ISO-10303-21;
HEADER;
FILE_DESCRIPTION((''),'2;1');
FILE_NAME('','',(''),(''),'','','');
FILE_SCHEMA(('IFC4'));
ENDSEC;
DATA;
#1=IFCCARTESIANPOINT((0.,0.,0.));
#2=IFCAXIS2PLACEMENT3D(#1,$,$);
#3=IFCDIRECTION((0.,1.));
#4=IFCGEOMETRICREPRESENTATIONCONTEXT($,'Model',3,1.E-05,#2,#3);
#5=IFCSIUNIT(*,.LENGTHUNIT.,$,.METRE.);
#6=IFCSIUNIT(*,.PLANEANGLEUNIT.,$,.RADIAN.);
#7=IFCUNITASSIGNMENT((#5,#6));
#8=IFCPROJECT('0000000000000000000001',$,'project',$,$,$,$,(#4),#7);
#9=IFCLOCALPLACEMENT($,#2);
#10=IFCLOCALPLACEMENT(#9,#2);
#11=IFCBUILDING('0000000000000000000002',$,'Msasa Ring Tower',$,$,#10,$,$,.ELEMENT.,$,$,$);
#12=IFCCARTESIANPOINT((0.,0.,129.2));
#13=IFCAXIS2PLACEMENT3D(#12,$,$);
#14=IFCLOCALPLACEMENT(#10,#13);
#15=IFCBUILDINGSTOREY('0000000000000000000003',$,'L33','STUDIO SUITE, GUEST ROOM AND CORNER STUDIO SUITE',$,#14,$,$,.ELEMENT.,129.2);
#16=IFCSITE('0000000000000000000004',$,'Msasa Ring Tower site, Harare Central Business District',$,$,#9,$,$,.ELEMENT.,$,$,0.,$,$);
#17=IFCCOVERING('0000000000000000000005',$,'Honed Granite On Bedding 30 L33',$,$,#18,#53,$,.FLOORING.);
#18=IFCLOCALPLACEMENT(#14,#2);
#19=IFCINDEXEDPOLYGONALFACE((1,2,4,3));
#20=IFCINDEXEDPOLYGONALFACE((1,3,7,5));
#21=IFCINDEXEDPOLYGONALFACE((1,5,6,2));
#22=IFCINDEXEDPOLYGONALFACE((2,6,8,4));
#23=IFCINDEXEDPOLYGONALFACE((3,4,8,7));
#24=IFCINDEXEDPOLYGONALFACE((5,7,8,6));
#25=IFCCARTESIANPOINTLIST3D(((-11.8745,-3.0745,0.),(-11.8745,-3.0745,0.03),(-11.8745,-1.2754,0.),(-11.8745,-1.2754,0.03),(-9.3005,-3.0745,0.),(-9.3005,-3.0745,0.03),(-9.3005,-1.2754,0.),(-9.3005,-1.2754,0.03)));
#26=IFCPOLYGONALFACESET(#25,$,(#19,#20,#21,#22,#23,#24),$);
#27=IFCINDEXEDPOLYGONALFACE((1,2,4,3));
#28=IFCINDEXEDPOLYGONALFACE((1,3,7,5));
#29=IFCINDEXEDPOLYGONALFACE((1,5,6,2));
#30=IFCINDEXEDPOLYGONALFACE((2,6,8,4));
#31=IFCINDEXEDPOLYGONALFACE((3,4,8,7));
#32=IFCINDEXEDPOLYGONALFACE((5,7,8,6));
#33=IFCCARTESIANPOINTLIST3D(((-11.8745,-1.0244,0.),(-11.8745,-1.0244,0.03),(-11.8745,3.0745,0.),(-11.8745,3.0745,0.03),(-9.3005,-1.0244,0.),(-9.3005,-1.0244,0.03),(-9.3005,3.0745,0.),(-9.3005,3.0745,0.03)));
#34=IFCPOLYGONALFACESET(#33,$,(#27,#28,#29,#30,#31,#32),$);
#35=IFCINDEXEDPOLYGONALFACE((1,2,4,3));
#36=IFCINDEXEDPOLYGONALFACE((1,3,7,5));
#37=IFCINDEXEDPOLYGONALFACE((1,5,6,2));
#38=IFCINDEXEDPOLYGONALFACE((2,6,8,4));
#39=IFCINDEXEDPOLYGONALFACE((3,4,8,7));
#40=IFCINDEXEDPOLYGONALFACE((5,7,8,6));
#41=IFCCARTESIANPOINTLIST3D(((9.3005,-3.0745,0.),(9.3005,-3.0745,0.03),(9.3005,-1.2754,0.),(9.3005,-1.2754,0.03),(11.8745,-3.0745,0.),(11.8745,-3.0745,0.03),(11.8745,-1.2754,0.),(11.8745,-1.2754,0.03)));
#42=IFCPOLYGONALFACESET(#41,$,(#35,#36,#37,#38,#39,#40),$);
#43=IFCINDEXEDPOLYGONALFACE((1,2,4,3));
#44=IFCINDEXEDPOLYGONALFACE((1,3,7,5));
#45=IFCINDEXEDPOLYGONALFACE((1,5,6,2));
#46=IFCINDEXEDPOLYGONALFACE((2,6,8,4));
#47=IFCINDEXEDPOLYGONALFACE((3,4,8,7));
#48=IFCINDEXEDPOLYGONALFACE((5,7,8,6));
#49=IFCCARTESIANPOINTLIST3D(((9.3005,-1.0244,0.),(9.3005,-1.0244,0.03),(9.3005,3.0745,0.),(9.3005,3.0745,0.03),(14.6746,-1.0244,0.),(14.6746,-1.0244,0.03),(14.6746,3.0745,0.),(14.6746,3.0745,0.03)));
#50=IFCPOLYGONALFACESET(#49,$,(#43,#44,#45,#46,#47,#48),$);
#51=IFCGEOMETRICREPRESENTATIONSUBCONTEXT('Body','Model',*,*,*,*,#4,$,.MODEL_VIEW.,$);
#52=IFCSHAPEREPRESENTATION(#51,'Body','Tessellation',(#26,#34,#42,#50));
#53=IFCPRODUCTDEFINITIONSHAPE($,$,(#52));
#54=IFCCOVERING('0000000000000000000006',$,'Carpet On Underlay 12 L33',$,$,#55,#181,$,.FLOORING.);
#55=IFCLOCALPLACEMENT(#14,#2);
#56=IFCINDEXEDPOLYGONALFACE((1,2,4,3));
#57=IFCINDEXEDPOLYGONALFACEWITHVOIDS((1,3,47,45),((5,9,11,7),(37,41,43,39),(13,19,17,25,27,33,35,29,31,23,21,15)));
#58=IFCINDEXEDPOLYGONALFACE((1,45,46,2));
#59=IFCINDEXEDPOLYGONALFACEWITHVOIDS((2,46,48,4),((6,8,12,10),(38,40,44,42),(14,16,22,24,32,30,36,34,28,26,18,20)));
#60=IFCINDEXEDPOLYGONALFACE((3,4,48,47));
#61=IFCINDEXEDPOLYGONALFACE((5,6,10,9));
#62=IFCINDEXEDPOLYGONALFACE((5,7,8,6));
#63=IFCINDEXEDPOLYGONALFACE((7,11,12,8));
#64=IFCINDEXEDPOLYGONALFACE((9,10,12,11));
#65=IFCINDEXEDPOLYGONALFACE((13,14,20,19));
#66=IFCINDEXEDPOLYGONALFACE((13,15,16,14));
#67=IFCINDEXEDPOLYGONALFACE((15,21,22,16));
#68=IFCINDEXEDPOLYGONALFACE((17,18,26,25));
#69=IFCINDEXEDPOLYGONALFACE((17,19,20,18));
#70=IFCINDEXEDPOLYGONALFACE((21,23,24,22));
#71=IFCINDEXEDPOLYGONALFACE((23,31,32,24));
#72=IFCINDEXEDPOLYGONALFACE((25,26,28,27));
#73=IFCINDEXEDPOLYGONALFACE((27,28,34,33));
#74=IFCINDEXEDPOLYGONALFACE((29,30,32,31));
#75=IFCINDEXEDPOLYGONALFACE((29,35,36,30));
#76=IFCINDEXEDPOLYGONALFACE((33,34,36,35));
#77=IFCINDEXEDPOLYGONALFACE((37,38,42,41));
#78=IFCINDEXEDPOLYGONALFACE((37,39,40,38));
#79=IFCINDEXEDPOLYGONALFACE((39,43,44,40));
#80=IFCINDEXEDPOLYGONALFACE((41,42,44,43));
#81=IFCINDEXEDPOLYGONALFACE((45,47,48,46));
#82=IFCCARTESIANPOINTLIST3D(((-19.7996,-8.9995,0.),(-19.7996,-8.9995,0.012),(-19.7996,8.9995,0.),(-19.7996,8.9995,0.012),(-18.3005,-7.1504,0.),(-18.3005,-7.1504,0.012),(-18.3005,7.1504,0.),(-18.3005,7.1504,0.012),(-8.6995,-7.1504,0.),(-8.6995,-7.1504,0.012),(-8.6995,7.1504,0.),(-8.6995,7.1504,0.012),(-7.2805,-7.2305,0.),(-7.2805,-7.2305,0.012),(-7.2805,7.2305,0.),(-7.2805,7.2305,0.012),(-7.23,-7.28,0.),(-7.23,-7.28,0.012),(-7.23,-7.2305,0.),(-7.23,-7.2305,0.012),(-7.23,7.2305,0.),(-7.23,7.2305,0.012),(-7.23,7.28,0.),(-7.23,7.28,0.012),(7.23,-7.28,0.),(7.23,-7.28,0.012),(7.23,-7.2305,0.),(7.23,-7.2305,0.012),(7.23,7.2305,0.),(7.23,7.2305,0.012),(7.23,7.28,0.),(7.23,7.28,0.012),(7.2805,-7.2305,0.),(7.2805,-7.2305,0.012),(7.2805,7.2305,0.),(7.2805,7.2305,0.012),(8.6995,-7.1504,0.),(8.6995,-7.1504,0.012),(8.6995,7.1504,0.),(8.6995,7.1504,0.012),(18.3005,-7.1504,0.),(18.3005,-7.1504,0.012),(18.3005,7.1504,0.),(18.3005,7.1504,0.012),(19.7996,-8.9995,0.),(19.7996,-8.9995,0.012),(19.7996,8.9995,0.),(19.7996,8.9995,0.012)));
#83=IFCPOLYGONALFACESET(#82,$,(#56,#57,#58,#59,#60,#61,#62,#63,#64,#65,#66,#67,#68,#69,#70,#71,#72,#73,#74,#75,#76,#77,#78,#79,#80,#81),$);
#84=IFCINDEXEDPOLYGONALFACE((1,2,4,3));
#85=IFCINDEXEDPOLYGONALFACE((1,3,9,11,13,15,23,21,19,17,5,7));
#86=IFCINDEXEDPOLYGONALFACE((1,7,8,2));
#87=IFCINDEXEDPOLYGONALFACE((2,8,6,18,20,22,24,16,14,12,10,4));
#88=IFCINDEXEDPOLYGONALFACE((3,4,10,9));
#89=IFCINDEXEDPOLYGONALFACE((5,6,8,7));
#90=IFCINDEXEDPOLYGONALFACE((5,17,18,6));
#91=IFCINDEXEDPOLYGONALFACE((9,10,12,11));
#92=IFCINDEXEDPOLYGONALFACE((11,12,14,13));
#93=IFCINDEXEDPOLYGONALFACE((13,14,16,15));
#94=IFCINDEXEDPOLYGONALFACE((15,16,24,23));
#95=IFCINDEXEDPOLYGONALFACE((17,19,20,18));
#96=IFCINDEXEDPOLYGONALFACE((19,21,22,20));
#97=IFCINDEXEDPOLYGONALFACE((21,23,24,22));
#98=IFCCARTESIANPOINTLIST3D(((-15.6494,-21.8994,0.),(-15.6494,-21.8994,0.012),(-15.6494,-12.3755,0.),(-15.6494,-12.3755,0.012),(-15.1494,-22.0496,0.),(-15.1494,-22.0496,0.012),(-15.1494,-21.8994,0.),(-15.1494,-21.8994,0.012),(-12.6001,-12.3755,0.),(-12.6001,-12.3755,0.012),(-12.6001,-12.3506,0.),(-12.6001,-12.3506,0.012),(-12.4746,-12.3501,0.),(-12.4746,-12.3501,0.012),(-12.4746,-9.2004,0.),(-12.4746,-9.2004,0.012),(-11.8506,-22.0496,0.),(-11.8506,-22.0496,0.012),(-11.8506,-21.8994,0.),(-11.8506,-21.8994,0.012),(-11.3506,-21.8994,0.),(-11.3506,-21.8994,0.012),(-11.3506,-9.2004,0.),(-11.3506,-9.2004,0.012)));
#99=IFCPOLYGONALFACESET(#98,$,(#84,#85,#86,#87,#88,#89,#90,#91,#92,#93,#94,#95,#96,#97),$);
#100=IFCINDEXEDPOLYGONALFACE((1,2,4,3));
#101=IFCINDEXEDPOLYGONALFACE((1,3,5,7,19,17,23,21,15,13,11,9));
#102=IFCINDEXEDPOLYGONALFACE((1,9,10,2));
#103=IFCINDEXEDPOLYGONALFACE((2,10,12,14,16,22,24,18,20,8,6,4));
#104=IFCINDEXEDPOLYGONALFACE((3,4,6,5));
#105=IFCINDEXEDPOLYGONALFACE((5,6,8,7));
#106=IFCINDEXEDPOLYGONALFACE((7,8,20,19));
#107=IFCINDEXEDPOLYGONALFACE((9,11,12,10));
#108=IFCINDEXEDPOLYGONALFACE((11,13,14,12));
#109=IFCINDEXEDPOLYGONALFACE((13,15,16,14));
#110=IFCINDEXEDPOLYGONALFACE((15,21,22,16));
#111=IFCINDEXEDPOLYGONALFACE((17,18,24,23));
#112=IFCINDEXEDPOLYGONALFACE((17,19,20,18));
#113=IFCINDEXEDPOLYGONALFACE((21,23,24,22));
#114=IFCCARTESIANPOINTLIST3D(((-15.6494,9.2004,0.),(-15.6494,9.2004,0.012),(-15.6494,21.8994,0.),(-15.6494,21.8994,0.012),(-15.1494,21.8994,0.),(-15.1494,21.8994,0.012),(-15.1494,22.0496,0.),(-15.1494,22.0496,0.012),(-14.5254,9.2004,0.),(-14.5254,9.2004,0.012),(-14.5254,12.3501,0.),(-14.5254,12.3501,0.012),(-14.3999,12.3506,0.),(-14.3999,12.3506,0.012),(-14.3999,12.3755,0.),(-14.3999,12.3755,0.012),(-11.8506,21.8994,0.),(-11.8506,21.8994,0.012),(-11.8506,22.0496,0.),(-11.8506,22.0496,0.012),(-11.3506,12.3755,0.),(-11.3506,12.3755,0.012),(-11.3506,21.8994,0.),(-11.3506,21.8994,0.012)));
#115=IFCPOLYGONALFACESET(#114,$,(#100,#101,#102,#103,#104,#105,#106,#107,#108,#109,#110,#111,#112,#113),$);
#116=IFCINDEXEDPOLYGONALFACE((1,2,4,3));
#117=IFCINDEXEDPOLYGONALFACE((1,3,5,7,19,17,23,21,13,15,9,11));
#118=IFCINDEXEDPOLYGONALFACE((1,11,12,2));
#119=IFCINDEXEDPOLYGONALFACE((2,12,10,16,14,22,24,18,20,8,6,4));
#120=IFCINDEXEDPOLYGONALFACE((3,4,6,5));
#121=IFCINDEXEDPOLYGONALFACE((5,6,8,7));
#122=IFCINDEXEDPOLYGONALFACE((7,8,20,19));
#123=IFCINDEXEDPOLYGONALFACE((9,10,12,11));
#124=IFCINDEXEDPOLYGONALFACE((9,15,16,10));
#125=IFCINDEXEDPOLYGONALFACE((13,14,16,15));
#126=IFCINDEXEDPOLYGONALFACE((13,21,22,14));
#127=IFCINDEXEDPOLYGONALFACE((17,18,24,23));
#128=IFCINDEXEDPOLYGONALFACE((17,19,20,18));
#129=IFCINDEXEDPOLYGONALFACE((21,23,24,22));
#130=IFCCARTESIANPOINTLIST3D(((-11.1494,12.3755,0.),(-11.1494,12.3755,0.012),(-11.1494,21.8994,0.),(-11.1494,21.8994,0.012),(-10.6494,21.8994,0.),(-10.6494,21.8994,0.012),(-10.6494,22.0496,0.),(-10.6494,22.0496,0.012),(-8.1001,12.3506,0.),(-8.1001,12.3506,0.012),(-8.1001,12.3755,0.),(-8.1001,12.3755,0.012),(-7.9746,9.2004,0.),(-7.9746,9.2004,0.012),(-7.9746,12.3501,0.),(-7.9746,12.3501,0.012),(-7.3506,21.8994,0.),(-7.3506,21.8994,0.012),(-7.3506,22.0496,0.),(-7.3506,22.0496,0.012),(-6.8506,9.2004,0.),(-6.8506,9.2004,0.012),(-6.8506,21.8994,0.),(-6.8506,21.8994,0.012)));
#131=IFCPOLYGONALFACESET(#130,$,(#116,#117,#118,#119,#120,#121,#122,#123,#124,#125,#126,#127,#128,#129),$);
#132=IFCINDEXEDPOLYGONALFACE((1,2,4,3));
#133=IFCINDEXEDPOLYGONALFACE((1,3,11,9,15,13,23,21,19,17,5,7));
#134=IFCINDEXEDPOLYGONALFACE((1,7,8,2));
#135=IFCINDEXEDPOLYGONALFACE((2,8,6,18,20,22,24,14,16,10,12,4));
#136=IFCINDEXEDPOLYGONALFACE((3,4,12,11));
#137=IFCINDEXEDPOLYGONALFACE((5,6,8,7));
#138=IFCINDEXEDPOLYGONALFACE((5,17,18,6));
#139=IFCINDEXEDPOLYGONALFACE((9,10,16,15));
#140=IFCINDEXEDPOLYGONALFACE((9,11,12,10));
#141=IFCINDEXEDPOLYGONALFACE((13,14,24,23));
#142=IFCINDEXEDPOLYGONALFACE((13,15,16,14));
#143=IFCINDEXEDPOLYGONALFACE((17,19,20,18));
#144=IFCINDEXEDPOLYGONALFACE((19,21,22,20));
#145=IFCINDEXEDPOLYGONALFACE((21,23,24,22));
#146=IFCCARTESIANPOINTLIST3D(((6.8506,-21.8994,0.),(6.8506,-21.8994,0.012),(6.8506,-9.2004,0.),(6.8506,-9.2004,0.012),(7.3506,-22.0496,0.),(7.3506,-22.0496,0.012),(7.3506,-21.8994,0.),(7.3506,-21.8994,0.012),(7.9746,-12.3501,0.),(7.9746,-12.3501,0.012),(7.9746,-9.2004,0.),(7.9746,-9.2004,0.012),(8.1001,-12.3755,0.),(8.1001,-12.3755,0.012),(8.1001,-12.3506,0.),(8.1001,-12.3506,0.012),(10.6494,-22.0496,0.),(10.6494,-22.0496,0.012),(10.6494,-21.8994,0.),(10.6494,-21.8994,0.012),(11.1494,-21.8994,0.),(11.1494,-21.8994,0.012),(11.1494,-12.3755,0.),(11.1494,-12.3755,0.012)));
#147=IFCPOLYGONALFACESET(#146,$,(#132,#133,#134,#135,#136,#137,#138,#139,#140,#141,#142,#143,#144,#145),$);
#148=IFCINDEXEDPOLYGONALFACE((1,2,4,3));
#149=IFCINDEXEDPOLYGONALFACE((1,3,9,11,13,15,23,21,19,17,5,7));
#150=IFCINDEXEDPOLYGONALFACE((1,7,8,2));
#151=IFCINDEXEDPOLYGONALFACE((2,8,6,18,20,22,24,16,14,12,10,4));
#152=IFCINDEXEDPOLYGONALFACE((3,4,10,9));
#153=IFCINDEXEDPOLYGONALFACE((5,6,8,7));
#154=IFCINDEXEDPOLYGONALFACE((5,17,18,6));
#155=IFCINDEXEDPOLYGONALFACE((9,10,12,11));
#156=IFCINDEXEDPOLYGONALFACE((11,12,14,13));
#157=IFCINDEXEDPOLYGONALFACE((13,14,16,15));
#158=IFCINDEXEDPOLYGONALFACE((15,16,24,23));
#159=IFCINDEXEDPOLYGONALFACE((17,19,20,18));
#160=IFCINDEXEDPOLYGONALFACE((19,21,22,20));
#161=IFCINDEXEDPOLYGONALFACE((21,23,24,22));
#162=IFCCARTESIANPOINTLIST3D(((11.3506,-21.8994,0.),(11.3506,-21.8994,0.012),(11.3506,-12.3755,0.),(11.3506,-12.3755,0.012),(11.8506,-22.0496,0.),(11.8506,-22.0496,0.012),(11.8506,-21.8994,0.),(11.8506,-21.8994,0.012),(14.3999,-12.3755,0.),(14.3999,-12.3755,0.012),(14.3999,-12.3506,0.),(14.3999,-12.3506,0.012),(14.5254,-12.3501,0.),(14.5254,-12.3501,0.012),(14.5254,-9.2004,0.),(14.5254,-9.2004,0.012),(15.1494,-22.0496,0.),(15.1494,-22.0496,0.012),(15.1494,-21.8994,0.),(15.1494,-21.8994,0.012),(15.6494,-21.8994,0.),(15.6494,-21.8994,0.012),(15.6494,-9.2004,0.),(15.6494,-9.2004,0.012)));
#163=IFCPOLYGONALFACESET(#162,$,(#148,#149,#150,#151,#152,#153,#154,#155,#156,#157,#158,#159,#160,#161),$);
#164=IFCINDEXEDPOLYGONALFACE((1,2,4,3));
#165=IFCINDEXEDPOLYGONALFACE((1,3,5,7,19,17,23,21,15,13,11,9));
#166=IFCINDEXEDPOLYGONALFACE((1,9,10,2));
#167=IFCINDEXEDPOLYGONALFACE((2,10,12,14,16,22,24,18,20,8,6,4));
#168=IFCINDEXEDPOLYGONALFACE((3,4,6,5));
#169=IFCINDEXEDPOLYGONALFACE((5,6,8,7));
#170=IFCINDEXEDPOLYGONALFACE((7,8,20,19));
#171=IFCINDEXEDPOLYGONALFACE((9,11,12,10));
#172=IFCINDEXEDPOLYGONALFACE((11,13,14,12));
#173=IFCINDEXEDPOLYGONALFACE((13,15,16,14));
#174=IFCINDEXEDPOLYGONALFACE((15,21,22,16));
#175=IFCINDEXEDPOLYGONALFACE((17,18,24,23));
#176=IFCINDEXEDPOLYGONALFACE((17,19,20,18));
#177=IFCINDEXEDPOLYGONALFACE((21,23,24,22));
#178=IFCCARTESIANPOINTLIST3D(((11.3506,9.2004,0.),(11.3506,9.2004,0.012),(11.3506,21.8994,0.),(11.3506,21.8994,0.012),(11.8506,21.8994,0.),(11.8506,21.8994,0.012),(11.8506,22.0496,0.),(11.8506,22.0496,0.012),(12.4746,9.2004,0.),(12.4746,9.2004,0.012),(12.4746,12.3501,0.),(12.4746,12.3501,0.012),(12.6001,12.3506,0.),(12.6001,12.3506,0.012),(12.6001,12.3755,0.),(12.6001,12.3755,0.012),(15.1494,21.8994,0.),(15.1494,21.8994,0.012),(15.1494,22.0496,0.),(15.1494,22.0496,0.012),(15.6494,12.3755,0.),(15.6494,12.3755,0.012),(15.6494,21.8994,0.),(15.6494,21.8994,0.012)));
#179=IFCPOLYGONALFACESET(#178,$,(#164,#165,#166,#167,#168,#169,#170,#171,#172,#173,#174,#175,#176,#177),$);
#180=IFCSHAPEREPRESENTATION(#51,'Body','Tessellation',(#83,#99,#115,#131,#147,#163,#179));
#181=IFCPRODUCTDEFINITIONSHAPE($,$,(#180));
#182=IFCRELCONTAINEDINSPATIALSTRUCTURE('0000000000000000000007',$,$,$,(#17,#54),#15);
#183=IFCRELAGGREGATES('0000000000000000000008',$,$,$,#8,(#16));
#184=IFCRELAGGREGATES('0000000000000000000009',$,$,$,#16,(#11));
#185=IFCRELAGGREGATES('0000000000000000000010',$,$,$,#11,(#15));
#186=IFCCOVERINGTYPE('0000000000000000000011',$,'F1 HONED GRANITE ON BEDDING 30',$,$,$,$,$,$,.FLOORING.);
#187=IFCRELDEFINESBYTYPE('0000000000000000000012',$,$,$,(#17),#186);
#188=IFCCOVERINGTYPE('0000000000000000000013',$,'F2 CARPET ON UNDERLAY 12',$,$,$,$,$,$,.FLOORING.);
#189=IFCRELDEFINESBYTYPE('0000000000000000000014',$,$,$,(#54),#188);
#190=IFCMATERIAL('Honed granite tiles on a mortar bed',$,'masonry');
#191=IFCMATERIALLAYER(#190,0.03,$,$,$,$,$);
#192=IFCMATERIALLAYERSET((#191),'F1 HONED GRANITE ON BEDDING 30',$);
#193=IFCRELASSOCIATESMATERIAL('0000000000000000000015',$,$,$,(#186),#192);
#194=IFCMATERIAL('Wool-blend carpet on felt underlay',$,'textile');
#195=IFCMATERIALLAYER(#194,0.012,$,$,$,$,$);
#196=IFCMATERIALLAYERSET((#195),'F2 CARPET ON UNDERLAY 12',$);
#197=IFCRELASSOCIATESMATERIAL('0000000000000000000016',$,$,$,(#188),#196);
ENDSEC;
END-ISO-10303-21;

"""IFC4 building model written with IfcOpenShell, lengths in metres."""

from ifc_helpers import new_model, si_unit, direction, frame, origin, place, context, subcontext, project, spatial, line, indexed_curve, outline, extrude, material, layer, layer_set, type_object, element, save


model = new_model("IFC4")

# Units and contexts
model_context = context("Model", 3, precision=1e-05, world=origin(), true_north=direction((0.0, 1.0)))
body_context = subcontext(model_context, "Body", "Model", "MODEL_VIEW")
ifc_project = project(units=[si_unit("LENGTHUNIT", "METRE"), si_unit("PLANEANGLEUNIT", "RADIAN")], contexts=[model_context])

# Site, building, storey
site_placement = place(None, origin())
site = spatial("IfcSite", under=ifc_project, at=site_placement, Name="Msasa Ring Tower site, Harare Central Business District", CompositionType="ELEMENT", RefElevation=0.0)
building_placement = place(site_placement, origin())
building = spatial("IfcBuilding", under=site, at=building_placement, Name="Msasa Ring Tower", CompositionType="ELEMENT")
storey_placement = place(building_placement, frame((0.0, 0.0, 129.2)))
storey = spatial("IfcBuildingStorey", under=building, at=storey_placement, Name="L33", Description="STUDIO SUITE, GUEST ROOM AND CORNER STUDIO SUITE", CompositionType="ELEMENT", Elevation=129.2)

# Coverings
ifc_material_1 = material(Name="Honed granite tiles on a mortar bed", Category="masonry")
ifc_layer_1 = layer(ifc_material_1, 0.03)
ifc_layer_set_1 = layer_set([ifc_layer_1], Name="F1 HONED GRANITE ON BEDDING 30")
covering_type_1 = type_object("IfcCoveringType", Name="F1 HONED GRANITE ON BEDDING 30", PredefinedType="FLOORING", material=ifc_layer_set_1)
covering_1_placement = place(storey_placement, origin())
element("IfcCovering", 1, at=covering_1_placement, inside=storey, type_object=covering_type_1, Name="Honed Granite On Bedding 30 L33", PredefinedType="FLOORING", context=body_context, shape_type="SweptSolid", body=[
    extrude(outline(indexed_curve([(-11.8745, -3.0745), (-11.8745, -1.2754), (-9.3005, -1.2754), (-9.3005, -3.0745)], segments=[line(1, 2, 3, 4, 1)], self_intersect=False)), origin(), (0.0, 0.0, 1.0), 0.03),
    extrude(outline(indexed_curve([(-11.8745, -1.0244), (-11.8745, 3.0745), (-9.3005, 3.0745), (-9.3005, -1.0244)], segments=[line(1, 2, 3, 4, 1)], self_intersect=False)), origin(), (0.0, 0.0, 1.0), 0.03),
    extrude(outline(indexed_curve([(9.3005, -3.0745), (9.3005, -1.2754), (11.8745, -1.2754), (11.8745, -3.0745)], segments=[line(1, 2, 3, 4, 1)], self_intersect=False)), origin(), (0.0, 0.0, 1.0), 0.03),
    extrude(outline(indexed_curve([(9.3005, -1.0244), (9.3005, 3.0745), (14.6746, 3.0745), (14.6746, -1.0244)], segments=[line(1, 2, 3, 4, 1)], self_intersect=False)), origin(), (0.0, 0.0, 1.0), 0.03),
])
ifc_material_2 = material(Name="Wool-blend carpet on felt underlay", Category="textile")
ifc_layer_2 = layer(ifc_material_2, 0.012)
ifc_layer_set_2 = layer_set([ifc_layer_2], Name="F2 CARPET ON UNDERLAY 12")
covering_type_2 = type_object("IfcCoveringType", Name="F2 CARPET ON UNDERLAY 12", PredefinedType="FLOORING", material=ifc_layer_set_2)
covering_2_placement = place(storey_placement, origin())
element("IfcCovering", 2, at=covering_2_placement, inside=storey, type_object=covering_type_2, Name="Carpet On Underlay 12 L33", PredefinedType="FLOORING", context=body_context, shape_type="SweptSolid", body=[
    extrude(outline(indexed_curve([(19.7996, 8.9995), (19.7996, -8.9995), (-19.7996, -8.9995), (-19.7996, 8.9995)], segments=[line(1, 2, 3, 4, 1)], self_intersect=False), holes=[indexed_curve([(8.6995, -7.1504), (18.3005, -7.1504), (18.3005, 7.1504), (8.6995, 7.1504)], segments=[line(1, 2, 3, 4, 1)], self_intersect=False), indexed_curve([(-18.3005, 7.1504), (-18.3005, -7.1504), (-8.6995, -7.1504), (-8.6995, 7.1504)], segments=[line(1, 2, 3, 4, 1)], self_intersect=False), indexed_curve([(-7.2805, 7.2305), (-7.2805, -7.2305), (-7.23, -7.2305), (-7.23, -7.28), (7.23, -7.28), (7.23, -7.2305), (7.2805, -7.2305), (7.2805, 7.2305), (7.23, 7.2305), (7.23, 7.28), (-7.23, 7.28), (-7.23, 7.2305)], segments=[line(1, 2, 3, 4, 5, 6, 7, 8, 9, 10, 11, 12, 1)], self_intersect=False)]), origin(), (0.0, 0.0, 1.0), 0.012),
    extrude(outline(indexed_curve([(-12.6001, -12.3506), (-12.4746, -12.3501), (-12.4746, -9.2004), (-11.3506, -9.2004), (-11.3506, -21.8994), (-11.8506, -21.8994), (-11.8506, -22.0496), (-15.1494, -22.0496), (-15.1494, -21.8994), (-15.6494, -21.8994), (-15.6494, -12.3755), (-12.6001, -12.3755)], segments=[line(1, 2, 3, 4, 5, 6, 7, 8, 9, 10, 11, 12, 1)], self_intersect=False)), origin(), (0.0, 0.0, 1.0), 0.012),
    extrude(outline(indexed_curve([(-14.3999, 12.3506), (-14.5254, 12.3501), (-14.5254, 9.2004), (-15.6494, 9.2004), (-15.6494, 21.8994), (-15.1494, 21.8994), (-15.1494, 22.0496), (-11.8506, 22.0496), (-11.8506, 21.8994), (-11.3506, 21.8994), (-11.3506, 12.3755), (-14.3999, 12.3755)], segments=[line(1, 2, 3, 4, 5, 6, 7, 8, 9, 10, 11, 12, 1)], self_intersect=False)), origin(), (0.0, 0.0, 1.0), 0.012),
    extrude(outline(indexed_curve([(-7.3506, 22.0496), (-7.3506, 21.8994), (-6.8506, 21.8994), (-6.8506, 9.2004), (-7.9746, 9.2004), (-7.9746, 12.3501), (-8.1001, 12.3506), (-8.1001, 12.3755), (-11.1494, 12.3755), (-11.1494, 21.8994), (-10.6494, 21.8994), (-10.6494, 22.0496)], segments=[line(1, 2, 3, 4, 5, 6, 7, 8, 9, 10, 11, 12, 1)], self_intersect=False)), origin(), (0.0, 0.0, 1.0), 0.012),
    extrude(outline(indexed_curve([(7.3506, -22.0496), (7.3506, -21.8994), (6.8506, -21.8994), (6.8506, -9.2004), (7.9746, -9.2004), (7.9746, -12.3501), (8.1001, -12.3506), (8.1001, -12.3755), (11.1494, -12.3755), (11.1494, -21.8994), (10.6494, -21.8994), (10.6494, -22.0496)], segments=[line(1, 2, 3, 4, 5, 6, 7, 8, 9, 10, 11, 12, 1)], self_intersect=False)), origin(), (0.0, 0.0, 1.0), 0.012),
    extrude(outline(indexed_curve([(14.3999, -12.3506), (14.5254, -12.3501), (14.5254, -9.2004), (15.6494, -9.2004), (15.6494, -21.8994), (15.1494, -21.8994), (15.1494, -22.0496), (11.8506, -22.0496), (11.8506, -21.8994), (11.3506, -21.8994), (11.3506, -12.3755), (14.3999, -12.3755)], segments=[line(1, 2, 3, 4, 5, 6, 7, 8, 9, 10, 11, 12, 1)], self_intersect=False)), origin(), (0.0, 0.0, 1.0), 0.012),
    extrude(outline(indexed_curve([(12.6001, 12.3506), (12.4746, 12.3501), (12.4746, 9.2004), (11.3506, 9.2004), (11.3506, 21.8994), (11.8506, 21.8994), (11.8506, 22.0496), (15.1494, 22.0496), (15.1494, 21.8994), (15.6494, 21.8994), (15.6494, 12.3755), (12.6001, 12.3755)], segments=[line(1, 2, 3, 4, 5, 6, 7, 8, 9, 10, 11, 12, 1)], self_intersect=False)), origin(), (0.0, 0.0, 1.0), 0.012),
])

save(model, "model.ifc")
